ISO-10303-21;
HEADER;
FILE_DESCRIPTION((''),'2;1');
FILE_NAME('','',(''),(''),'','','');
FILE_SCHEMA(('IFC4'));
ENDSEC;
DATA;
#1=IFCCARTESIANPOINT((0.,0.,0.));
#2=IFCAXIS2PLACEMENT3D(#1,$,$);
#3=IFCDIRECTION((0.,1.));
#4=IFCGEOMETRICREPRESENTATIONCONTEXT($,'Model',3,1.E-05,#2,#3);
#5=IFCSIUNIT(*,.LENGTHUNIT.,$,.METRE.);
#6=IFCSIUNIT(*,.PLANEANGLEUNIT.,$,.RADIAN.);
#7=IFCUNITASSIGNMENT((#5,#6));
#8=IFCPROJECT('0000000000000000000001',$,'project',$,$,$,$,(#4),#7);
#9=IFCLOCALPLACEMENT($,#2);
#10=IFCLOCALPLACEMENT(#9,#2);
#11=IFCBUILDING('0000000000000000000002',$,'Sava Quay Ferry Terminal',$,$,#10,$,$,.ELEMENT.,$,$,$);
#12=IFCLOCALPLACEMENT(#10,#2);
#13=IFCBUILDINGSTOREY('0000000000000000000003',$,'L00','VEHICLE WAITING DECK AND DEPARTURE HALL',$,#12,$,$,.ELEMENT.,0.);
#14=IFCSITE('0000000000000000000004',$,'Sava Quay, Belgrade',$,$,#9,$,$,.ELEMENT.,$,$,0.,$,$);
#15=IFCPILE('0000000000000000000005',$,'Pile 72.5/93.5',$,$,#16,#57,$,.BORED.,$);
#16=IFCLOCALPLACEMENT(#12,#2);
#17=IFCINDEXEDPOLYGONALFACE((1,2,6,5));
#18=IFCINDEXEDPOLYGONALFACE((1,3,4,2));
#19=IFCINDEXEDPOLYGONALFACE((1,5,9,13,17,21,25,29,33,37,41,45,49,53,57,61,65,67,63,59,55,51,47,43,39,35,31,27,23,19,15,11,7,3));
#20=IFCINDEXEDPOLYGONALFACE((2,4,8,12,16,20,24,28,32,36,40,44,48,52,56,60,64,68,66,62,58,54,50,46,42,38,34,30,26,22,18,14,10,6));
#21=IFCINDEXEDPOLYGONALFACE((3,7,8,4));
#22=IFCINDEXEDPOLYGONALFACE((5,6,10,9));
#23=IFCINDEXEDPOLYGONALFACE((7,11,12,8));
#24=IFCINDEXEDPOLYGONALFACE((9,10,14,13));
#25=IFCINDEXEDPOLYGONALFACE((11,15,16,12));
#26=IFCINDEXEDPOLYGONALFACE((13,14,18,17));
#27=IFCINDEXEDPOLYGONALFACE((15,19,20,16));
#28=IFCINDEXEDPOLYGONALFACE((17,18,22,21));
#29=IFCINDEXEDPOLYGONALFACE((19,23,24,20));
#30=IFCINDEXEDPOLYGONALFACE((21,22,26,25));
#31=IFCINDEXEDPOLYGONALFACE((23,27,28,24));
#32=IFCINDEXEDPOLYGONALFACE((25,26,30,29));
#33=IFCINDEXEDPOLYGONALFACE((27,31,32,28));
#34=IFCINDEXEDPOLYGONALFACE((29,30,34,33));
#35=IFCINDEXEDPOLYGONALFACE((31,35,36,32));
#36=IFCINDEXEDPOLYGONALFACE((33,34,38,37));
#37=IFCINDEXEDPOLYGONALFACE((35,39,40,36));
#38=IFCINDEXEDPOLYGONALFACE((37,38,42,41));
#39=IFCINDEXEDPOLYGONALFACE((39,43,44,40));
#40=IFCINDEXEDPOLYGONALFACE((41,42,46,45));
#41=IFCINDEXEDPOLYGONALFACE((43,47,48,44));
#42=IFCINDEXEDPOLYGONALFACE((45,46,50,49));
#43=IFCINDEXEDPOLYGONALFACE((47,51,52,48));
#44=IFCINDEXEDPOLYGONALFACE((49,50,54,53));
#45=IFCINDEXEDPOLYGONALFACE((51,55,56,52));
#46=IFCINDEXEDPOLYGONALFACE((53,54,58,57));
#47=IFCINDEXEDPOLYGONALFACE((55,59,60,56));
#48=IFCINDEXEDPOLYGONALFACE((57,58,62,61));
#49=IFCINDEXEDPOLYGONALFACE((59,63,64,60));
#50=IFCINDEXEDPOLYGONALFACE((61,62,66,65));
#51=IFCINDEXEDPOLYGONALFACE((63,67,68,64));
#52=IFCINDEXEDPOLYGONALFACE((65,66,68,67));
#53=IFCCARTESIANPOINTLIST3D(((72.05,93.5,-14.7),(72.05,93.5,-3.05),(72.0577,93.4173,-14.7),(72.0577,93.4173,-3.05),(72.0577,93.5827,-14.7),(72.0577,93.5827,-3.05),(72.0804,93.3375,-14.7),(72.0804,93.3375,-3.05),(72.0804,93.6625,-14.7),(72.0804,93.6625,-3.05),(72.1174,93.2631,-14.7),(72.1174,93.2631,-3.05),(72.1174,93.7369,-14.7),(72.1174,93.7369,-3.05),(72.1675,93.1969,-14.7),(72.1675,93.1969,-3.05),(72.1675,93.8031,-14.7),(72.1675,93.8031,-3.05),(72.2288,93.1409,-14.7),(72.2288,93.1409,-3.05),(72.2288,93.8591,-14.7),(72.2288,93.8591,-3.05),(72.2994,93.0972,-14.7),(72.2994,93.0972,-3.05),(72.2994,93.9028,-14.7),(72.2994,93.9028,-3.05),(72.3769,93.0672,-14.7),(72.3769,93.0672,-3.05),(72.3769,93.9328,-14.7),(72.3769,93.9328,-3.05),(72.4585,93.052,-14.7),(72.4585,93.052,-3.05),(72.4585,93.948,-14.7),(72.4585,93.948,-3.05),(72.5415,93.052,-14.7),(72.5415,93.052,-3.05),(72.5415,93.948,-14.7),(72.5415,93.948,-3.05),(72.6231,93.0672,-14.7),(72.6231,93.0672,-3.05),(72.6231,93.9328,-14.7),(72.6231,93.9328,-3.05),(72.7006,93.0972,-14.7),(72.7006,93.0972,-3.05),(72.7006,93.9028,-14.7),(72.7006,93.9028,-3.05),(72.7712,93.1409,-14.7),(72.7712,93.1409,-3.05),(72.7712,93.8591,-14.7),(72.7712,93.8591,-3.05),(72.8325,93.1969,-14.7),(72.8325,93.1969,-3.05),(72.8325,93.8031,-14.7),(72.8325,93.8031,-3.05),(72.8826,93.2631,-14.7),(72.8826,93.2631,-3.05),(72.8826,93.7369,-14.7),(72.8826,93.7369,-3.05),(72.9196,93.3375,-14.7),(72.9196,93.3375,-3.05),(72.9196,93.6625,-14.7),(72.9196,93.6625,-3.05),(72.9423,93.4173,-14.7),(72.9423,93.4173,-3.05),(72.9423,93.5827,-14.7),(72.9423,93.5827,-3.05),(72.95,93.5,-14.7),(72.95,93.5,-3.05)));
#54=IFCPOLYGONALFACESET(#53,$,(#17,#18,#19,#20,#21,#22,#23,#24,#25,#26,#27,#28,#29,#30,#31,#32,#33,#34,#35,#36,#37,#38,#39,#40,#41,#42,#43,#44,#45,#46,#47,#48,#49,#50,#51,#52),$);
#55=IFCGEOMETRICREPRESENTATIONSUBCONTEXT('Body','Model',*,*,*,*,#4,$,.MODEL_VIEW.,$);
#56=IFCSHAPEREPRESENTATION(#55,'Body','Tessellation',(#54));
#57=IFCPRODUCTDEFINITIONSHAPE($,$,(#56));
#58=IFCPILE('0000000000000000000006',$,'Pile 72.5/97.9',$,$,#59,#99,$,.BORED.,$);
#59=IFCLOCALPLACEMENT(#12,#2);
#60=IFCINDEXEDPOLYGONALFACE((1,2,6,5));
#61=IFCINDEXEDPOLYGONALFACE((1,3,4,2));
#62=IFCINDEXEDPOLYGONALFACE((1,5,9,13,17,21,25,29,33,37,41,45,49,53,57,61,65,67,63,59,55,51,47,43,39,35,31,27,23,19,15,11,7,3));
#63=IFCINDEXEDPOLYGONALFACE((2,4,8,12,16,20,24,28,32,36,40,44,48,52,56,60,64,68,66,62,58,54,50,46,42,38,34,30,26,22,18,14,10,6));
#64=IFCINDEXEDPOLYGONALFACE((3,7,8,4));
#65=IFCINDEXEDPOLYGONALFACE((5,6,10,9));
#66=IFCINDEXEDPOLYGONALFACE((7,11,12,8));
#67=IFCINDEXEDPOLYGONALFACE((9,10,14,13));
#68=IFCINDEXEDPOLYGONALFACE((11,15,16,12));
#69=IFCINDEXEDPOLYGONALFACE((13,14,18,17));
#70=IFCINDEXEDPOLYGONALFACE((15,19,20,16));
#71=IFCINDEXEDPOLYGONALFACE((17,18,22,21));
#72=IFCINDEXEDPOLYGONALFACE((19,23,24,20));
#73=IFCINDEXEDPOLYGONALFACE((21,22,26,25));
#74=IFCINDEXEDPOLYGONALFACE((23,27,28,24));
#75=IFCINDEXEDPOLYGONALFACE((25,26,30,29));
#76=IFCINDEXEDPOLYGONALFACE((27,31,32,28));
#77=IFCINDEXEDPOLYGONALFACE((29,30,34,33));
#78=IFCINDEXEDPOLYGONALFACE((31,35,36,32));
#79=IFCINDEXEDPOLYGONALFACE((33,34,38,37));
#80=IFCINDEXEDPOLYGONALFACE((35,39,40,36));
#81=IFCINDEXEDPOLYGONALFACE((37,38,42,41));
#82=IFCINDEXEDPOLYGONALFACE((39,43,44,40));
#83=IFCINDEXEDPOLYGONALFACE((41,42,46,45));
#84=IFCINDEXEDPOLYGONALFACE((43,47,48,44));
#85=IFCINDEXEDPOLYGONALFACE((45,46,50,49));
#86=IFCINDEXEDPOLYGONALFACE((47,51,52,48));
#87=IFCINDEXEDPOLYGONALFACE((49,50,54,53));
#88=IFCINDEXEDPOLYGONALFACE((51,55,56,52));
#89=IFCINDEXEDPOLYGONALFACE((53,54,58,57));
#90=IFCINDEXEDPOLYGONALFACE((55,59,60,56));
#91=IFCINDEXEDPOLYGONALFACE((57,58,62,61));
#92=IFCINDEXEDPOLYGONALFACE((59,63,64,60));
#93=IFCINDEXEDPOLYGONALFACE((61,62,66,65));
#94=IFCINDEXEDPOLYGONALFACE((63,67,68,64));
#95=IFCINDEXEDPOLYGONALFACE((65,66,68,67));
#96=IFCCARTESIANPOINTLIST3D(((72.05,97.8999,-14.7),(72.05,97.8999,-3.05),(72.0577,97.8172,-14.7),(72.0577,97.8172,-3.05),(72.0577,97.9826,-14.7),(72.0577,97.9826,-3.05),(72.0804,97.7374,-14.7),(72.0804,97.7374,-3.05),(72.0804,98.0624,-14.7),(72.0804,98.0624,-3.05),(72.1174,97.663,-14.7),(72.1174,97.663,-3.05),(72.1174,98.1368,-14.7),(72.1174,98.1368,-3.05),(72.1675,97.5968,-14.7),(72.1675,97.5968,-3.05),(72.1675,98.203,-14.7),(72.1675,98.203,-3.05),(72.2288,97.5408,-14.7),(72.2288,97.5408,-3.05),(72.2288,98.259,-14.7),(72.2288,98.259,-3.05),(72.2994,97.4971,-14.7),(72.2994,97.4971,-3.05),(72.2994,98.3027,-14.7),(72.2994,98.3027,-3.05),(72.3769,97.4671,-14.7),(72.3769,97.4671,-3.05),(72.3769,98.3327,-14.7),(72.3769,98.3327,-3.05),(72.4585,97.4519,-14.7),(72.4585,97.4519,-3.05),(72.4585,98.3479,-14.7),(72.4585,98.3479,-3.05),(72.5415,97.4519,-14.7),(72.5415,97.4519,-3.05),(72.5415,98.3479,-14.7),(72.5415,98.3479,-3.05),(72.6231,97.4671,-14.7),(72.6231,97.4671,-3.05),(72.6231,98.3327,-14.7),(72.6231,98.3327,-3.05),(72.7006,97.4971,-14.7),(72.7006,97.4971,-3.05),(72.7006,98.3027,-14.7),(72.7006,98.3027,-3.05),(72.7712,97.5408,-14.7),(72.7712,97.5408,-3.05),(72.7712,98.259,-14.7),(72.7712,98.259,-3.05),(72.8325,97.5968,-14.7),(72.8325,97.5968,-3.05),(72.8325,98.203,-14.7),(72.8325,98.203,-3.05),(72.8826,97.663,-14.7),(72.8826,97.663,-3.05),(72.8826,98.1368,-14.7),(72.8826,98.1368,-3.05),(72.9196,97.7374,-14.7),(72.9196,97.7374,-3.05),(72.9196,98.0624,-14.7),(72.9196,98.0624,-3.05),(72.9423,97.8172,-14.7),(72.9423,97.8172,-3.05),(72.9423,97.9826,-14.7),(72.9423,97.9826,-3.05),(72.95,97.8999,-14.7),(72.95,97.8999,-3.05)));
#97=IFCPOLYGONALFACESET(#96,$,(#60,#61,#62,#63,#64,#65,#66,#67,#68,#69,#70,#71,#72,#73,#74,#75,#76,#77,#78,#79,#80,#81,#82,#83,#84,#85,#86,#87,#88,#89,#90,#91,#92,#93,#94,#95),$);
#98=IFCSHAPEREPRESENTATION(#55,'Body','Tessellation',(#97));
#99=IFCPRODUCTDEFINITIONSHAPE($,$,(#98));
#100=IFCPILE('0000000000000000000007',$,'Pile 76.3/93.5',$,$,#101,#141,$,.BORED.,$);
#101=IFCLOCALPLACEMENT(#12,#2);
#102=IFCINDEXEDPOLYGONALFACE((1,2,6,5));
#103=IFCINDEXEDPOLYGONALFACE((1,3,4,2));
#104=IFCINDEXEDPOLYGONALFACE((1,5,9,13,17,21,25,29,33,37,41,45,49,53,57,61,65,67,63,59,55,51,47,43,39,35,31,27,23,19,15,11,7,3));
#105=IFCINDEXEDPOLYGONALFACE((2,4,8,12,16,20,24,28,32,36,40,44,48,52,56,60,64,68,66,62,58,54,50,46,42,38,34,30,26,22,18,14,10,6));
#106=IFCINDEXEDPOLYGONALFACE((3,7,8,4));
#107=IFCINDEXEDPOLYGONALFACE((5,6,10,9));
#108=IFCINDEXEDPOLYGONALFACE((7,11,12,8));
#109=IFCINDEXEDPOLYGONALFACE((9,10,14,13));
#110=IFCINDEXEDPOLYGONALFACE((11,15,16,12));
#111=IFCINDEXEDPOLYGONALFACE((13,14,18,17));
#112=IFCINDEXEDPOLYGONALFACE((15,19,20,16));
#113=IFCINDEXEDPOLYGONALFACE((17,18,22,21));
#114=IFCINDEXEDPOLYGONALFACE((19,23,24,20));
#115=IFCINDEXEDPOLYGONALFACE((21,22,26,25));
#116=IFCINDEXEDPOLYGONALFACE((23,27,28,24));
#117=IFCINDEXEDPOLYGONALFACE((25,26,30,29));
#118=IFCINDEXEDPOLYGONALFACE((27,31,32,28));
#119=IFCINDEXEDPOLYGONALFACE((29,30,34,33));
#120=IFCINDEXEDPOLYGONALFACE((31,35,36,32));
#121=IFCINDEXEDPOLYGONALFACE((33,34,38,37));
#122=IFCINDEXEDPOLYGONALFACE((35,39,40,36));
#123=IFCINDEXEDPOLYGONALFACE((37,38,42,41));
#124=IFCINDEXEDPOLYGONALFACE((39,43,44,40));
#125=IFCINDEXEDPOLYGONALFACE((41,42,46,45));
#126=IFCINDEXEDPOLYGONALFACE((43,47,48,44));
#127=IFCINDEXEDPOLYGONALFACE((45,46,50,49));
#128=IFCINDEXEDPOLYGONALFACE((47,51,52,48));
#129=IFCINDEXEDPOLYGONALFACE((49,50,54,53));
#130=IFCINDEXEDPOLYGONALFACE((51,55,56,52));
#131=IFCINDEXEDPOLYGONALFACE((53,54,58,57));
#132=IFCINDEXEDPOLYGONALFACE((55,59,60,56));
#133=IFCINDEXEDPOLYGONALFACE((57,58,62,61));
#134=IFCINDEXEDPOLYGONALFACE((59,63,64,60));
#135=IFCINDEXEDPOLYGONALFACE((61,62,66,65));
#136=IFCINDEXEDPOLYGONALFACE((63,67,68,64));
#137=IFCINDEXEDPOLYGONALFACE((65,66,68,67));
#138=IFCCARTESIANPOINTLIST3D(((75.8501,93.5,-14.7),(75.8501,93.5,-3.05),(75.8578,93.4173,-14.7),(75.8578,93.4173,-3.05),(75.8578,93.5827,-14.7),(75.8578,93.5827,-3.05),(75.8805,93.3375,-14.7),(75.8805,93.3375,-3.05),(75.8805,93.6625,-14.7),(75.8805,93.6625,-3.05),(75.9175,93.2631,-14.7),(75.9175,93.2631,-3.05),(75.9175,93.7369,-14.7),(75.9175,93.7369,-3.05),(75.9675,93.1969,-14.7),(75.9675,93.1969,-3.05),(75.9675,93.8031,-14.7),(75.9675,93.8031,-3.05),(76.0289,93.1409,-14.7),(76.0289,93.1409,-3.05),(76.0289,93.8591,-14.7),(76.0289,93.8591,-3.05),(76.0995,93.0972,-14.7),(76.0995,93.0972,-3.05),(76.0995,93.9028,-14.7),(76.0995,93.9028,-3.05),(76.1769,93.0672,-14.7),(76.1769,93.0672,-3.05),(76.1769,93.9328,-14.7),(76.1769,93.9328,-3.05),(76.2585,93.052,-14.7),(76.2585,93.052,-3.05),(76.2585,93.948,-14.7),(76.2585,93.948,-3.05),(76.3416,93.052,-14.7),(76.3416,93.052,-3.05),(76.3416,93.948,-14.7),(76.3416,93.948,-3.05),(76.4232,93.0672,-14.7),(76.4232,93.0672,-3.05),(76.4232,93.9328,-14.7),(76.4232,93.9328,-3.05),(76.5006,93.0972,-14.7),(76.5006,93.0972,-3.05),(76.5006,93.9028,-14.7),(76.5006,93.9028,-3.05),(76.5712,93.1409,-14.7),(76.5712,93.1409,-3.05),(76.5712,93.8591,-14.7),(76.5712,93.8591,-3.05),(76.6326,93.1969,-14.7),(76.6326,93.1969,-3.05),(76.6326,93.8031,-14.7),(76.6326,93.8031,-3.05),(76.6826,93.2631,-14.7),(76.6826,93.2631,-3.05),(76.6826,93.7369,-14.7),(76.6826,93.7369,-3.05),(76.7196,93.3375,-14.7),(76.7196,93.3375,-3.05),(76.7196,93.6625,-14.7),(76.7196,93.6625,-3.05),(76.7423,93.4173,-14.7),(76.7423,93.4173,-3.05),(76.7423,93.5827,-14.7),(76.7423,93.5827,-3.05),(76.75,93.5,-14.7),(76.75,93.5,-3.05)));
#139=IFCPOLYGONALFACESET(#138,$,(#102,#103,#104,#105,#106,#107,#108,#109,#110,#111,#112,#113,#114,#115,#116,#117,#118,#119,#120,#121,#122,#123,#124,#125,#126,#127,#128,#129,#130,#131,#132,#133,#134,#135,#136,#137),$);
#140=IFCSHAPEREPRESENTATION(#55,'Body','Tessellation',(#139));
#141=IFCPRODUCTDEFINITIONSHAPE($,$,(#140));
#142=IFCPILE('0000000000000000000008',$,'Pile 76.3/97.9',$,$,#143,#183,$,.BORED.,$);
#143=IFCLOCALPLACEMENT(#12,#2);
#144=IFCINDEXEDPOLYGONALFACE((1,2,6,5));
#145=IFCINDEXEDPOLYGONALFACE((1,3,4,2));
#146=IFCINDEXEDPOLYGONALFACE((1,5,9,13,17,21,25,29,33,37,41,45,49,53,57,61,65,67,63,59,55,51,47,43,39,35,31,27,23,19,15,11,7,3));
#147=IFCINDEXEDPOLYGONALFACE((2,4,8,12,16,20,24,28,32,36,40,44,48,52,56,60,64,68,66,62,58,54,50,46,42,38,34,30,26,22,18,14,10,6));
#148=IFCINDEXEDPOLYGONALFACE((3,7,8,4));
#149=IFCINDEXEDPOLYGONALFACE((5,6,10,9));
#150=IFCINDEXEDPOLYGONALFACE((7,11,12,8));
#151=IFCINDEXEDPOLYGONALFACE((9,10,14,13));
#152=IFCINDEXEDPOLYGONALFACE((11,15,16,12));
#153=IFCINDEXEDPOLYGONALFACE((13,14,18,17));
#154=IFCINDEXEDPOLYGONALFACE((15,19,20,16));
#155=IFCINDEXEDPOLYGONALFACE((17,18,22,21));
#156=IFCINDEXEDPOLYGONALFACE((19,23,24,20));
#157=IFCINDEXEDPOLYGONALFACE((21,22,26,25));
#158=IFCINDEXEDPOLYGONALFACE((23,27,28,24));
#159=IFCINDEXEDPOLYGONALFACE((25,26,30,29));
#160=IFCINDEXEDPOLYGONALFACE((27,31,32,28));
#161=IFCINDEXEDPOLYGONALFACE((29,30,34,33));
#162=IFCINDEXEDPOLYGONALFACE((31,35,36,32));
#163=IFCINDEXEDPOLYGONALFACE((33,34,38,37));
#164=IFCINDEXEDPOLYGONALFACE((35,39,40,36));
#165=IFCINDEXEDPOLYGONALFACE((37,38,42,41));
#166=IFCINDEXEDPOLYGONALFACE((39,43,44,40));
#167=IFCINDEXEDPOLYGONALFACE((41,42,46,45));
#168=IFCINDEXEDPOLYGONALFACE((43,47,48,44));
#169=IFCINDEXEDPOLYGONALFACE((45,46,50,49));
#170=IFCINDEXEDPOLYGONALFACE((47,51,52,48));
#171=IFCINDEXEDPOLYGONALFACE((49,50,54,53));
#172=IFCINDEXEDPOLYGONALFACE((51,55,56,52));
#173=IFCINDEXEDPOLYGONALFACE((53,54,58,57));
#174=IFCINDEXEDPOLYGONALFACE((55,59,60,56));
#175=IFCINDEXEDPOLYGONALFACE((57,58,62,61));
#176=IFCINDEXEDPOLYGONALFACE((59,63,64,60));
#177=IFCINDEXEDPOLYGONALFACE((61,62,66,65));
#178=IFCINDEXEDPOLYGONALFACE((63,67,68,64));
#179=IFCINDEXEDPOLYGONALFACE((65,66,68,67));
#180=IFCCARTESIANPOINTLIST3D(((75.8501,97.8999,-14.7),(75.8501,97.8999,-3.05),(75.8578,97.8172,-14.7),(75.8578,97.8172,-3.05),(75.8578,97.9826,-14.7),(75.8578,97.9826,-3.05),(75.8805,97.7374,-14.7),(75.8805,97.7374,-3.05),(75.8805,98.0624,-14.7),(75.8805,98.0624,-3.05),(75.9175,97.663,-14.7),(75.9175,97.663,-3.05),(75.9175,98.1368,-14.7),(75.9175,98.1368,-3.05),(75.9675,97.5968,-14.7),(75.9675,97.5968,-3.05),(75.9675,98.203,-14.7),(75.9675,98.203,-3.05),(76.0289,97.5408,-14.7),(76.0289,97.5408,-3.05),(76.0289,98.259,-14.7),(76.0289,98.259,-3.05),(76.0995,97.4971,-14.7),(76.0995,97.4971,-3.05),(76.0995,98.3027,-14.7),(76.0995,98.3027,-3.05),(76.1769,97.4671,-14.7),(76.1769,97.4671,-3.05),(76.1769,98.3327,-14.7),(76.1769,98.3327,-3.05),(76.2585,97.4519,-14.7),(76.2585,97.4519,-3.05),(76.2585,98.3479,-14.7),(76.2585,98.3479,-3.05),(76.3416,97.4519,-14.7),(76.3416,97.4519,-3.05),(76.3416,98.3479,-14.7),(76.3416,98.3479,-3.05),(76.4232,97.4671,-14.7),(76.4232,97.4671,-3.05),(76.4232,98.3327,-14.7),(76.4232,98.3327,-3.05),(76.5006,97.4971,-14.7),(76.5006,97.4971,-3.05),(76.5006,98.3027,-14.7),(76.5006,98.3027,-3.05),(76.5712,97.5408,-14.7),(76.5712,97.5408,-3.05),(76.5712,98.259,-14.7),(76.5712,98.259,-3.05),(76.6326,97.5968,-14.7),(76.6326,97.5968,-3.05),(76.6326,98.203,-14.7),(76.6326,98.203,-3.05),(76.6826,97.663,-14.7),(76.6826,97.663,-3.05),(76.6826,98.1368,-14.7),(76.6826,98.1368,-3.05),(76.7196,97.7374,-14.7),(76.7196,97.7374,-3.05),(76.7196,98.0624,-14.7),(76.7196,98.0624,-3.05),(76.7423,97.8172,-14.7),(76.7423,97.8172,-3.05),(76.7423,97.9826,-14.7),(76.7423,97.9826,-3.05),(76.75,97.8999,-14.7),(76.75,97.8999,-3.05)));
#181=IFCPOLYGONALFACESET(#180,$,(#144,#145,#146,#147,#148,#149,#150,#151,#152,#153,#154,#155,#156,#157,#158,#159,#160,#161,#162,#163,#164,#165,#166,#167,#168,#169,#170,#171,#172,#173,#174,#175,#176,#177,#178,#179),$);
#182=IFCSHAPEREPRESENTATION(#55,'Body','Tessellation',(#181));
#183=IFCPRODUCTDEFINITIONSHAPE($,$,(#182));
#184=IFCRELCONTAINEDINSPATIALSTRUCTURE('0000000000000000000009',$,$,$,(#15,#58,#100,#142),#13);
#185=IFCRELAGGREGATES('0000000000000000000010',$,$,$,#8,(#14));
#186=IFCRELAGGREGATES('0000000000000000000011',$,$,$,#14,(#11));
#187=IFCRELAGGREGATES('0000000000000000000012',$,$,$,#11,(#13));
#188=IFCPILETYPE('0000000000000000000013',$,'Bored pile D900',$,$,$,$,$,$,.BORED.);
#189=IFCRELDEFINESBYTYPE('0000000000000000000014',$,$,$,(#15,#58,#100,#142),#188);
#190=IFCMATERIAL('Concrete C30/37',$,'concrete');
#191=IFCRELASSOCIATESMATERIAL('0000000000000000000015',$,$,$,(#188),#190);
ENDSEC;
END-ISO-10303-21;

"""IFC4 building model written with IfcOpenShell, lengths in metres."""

from ifc_helpers import new_model, si_unit, direction, frame, origin, origin_2d, place, context, subcontext, project, spatial, circle, extrude, material, material_profile, profile_set, type_object, element, save


model = new_model("IFC4")

# Units and contexts
model_context = context("Model", 3, precision=1e-05, world=origin(), true_north=direction((0.0, 1.0)))
body_context = subcontext(model_context, "Body", "Model", "MODEL_VIEW")
ifc_project = project(units=[si_unit("LENGTHUNIT", "METRE"), si_unit("PLANEANGLEUNIT", "RADIAN")], contexts=[model_context])

# Site, building, storey
site_placement = place(None, origin())
site = spatial("IfcSite", under=ifc_project, at=site_placement, Name="Sava Quay, Belgrade", CompositionType="ELEMENT", RefElevation=0.0)
building_placement = place(site_placement, origin())
building = spatial("IfcBuilding", under=site, at=building_placement, Name="Sava Quay Ferry Terminal", CompositionType="ELEMENT")
storey_placement = place(building_placement, origin())
storey = spatial("IfcBuildingStorey", under=building, at=storey_placement, Name="L00", Description="VEHICLE WAITING DECK AND DEPARTURE HALL", CompositionType="ELEMENT", Elevation=0.0)

# Piles
ifc_material_1 = material(Name="Concrete C30/37", Category="concrete")
ifc_material_profile_1 = material_profile(ifc_material_1, circle(Radius=0.45, at=origin_2d()), Name="Bored pile D900")
ifc_profile_set_1 = profile_set([ifc_material_profile_1], Name="Concrete C30/37")
pile_type = type_object("IfcPileType", Name="Bored pile D900", PredefinedType="BORED", material=ifc_profile_set_1)
for number, where, z_axis, x_axis, name in (
    (1, (72.5, 93.5, -3.05), (0.0, 0.0, -1.0), (1.0, 0.0, 0.0), "Pile 72.5/93.5"),
    (2, (72.5, 97.8999, -3.05), (0.0, 0.0, -1.0), (1.0, 0.0, 0.0), "Pile 72.5/97.9"),
    (3, (76.3, 93.5, -3.05), (0.0, 0.0, -1.0), (1.0, 0.0, 0.0), "Pile 76.3/93.5"),
    (4, (76.3, 97.8999, -3.05), (0.0, 0.0, -1.0), (1.0, 0.0, 0.0), "Pile 76.3/97.9"),
):
    element("IfcPile", number, at=place(storey_placement, frame(where, z_axis=z_axis, x_axis=x_axis)), inside=storey, type_object=pile_type, Name=name, PredefinedType="BORED", context=body_context, shape_type="SweptSolid", body=[
        extrude(circle(Radius=0.45, at=origin_2d()), origin(), (0.0, 0.0, 1.0), 11.6499),
    ])

save(model, "model.ifc")
